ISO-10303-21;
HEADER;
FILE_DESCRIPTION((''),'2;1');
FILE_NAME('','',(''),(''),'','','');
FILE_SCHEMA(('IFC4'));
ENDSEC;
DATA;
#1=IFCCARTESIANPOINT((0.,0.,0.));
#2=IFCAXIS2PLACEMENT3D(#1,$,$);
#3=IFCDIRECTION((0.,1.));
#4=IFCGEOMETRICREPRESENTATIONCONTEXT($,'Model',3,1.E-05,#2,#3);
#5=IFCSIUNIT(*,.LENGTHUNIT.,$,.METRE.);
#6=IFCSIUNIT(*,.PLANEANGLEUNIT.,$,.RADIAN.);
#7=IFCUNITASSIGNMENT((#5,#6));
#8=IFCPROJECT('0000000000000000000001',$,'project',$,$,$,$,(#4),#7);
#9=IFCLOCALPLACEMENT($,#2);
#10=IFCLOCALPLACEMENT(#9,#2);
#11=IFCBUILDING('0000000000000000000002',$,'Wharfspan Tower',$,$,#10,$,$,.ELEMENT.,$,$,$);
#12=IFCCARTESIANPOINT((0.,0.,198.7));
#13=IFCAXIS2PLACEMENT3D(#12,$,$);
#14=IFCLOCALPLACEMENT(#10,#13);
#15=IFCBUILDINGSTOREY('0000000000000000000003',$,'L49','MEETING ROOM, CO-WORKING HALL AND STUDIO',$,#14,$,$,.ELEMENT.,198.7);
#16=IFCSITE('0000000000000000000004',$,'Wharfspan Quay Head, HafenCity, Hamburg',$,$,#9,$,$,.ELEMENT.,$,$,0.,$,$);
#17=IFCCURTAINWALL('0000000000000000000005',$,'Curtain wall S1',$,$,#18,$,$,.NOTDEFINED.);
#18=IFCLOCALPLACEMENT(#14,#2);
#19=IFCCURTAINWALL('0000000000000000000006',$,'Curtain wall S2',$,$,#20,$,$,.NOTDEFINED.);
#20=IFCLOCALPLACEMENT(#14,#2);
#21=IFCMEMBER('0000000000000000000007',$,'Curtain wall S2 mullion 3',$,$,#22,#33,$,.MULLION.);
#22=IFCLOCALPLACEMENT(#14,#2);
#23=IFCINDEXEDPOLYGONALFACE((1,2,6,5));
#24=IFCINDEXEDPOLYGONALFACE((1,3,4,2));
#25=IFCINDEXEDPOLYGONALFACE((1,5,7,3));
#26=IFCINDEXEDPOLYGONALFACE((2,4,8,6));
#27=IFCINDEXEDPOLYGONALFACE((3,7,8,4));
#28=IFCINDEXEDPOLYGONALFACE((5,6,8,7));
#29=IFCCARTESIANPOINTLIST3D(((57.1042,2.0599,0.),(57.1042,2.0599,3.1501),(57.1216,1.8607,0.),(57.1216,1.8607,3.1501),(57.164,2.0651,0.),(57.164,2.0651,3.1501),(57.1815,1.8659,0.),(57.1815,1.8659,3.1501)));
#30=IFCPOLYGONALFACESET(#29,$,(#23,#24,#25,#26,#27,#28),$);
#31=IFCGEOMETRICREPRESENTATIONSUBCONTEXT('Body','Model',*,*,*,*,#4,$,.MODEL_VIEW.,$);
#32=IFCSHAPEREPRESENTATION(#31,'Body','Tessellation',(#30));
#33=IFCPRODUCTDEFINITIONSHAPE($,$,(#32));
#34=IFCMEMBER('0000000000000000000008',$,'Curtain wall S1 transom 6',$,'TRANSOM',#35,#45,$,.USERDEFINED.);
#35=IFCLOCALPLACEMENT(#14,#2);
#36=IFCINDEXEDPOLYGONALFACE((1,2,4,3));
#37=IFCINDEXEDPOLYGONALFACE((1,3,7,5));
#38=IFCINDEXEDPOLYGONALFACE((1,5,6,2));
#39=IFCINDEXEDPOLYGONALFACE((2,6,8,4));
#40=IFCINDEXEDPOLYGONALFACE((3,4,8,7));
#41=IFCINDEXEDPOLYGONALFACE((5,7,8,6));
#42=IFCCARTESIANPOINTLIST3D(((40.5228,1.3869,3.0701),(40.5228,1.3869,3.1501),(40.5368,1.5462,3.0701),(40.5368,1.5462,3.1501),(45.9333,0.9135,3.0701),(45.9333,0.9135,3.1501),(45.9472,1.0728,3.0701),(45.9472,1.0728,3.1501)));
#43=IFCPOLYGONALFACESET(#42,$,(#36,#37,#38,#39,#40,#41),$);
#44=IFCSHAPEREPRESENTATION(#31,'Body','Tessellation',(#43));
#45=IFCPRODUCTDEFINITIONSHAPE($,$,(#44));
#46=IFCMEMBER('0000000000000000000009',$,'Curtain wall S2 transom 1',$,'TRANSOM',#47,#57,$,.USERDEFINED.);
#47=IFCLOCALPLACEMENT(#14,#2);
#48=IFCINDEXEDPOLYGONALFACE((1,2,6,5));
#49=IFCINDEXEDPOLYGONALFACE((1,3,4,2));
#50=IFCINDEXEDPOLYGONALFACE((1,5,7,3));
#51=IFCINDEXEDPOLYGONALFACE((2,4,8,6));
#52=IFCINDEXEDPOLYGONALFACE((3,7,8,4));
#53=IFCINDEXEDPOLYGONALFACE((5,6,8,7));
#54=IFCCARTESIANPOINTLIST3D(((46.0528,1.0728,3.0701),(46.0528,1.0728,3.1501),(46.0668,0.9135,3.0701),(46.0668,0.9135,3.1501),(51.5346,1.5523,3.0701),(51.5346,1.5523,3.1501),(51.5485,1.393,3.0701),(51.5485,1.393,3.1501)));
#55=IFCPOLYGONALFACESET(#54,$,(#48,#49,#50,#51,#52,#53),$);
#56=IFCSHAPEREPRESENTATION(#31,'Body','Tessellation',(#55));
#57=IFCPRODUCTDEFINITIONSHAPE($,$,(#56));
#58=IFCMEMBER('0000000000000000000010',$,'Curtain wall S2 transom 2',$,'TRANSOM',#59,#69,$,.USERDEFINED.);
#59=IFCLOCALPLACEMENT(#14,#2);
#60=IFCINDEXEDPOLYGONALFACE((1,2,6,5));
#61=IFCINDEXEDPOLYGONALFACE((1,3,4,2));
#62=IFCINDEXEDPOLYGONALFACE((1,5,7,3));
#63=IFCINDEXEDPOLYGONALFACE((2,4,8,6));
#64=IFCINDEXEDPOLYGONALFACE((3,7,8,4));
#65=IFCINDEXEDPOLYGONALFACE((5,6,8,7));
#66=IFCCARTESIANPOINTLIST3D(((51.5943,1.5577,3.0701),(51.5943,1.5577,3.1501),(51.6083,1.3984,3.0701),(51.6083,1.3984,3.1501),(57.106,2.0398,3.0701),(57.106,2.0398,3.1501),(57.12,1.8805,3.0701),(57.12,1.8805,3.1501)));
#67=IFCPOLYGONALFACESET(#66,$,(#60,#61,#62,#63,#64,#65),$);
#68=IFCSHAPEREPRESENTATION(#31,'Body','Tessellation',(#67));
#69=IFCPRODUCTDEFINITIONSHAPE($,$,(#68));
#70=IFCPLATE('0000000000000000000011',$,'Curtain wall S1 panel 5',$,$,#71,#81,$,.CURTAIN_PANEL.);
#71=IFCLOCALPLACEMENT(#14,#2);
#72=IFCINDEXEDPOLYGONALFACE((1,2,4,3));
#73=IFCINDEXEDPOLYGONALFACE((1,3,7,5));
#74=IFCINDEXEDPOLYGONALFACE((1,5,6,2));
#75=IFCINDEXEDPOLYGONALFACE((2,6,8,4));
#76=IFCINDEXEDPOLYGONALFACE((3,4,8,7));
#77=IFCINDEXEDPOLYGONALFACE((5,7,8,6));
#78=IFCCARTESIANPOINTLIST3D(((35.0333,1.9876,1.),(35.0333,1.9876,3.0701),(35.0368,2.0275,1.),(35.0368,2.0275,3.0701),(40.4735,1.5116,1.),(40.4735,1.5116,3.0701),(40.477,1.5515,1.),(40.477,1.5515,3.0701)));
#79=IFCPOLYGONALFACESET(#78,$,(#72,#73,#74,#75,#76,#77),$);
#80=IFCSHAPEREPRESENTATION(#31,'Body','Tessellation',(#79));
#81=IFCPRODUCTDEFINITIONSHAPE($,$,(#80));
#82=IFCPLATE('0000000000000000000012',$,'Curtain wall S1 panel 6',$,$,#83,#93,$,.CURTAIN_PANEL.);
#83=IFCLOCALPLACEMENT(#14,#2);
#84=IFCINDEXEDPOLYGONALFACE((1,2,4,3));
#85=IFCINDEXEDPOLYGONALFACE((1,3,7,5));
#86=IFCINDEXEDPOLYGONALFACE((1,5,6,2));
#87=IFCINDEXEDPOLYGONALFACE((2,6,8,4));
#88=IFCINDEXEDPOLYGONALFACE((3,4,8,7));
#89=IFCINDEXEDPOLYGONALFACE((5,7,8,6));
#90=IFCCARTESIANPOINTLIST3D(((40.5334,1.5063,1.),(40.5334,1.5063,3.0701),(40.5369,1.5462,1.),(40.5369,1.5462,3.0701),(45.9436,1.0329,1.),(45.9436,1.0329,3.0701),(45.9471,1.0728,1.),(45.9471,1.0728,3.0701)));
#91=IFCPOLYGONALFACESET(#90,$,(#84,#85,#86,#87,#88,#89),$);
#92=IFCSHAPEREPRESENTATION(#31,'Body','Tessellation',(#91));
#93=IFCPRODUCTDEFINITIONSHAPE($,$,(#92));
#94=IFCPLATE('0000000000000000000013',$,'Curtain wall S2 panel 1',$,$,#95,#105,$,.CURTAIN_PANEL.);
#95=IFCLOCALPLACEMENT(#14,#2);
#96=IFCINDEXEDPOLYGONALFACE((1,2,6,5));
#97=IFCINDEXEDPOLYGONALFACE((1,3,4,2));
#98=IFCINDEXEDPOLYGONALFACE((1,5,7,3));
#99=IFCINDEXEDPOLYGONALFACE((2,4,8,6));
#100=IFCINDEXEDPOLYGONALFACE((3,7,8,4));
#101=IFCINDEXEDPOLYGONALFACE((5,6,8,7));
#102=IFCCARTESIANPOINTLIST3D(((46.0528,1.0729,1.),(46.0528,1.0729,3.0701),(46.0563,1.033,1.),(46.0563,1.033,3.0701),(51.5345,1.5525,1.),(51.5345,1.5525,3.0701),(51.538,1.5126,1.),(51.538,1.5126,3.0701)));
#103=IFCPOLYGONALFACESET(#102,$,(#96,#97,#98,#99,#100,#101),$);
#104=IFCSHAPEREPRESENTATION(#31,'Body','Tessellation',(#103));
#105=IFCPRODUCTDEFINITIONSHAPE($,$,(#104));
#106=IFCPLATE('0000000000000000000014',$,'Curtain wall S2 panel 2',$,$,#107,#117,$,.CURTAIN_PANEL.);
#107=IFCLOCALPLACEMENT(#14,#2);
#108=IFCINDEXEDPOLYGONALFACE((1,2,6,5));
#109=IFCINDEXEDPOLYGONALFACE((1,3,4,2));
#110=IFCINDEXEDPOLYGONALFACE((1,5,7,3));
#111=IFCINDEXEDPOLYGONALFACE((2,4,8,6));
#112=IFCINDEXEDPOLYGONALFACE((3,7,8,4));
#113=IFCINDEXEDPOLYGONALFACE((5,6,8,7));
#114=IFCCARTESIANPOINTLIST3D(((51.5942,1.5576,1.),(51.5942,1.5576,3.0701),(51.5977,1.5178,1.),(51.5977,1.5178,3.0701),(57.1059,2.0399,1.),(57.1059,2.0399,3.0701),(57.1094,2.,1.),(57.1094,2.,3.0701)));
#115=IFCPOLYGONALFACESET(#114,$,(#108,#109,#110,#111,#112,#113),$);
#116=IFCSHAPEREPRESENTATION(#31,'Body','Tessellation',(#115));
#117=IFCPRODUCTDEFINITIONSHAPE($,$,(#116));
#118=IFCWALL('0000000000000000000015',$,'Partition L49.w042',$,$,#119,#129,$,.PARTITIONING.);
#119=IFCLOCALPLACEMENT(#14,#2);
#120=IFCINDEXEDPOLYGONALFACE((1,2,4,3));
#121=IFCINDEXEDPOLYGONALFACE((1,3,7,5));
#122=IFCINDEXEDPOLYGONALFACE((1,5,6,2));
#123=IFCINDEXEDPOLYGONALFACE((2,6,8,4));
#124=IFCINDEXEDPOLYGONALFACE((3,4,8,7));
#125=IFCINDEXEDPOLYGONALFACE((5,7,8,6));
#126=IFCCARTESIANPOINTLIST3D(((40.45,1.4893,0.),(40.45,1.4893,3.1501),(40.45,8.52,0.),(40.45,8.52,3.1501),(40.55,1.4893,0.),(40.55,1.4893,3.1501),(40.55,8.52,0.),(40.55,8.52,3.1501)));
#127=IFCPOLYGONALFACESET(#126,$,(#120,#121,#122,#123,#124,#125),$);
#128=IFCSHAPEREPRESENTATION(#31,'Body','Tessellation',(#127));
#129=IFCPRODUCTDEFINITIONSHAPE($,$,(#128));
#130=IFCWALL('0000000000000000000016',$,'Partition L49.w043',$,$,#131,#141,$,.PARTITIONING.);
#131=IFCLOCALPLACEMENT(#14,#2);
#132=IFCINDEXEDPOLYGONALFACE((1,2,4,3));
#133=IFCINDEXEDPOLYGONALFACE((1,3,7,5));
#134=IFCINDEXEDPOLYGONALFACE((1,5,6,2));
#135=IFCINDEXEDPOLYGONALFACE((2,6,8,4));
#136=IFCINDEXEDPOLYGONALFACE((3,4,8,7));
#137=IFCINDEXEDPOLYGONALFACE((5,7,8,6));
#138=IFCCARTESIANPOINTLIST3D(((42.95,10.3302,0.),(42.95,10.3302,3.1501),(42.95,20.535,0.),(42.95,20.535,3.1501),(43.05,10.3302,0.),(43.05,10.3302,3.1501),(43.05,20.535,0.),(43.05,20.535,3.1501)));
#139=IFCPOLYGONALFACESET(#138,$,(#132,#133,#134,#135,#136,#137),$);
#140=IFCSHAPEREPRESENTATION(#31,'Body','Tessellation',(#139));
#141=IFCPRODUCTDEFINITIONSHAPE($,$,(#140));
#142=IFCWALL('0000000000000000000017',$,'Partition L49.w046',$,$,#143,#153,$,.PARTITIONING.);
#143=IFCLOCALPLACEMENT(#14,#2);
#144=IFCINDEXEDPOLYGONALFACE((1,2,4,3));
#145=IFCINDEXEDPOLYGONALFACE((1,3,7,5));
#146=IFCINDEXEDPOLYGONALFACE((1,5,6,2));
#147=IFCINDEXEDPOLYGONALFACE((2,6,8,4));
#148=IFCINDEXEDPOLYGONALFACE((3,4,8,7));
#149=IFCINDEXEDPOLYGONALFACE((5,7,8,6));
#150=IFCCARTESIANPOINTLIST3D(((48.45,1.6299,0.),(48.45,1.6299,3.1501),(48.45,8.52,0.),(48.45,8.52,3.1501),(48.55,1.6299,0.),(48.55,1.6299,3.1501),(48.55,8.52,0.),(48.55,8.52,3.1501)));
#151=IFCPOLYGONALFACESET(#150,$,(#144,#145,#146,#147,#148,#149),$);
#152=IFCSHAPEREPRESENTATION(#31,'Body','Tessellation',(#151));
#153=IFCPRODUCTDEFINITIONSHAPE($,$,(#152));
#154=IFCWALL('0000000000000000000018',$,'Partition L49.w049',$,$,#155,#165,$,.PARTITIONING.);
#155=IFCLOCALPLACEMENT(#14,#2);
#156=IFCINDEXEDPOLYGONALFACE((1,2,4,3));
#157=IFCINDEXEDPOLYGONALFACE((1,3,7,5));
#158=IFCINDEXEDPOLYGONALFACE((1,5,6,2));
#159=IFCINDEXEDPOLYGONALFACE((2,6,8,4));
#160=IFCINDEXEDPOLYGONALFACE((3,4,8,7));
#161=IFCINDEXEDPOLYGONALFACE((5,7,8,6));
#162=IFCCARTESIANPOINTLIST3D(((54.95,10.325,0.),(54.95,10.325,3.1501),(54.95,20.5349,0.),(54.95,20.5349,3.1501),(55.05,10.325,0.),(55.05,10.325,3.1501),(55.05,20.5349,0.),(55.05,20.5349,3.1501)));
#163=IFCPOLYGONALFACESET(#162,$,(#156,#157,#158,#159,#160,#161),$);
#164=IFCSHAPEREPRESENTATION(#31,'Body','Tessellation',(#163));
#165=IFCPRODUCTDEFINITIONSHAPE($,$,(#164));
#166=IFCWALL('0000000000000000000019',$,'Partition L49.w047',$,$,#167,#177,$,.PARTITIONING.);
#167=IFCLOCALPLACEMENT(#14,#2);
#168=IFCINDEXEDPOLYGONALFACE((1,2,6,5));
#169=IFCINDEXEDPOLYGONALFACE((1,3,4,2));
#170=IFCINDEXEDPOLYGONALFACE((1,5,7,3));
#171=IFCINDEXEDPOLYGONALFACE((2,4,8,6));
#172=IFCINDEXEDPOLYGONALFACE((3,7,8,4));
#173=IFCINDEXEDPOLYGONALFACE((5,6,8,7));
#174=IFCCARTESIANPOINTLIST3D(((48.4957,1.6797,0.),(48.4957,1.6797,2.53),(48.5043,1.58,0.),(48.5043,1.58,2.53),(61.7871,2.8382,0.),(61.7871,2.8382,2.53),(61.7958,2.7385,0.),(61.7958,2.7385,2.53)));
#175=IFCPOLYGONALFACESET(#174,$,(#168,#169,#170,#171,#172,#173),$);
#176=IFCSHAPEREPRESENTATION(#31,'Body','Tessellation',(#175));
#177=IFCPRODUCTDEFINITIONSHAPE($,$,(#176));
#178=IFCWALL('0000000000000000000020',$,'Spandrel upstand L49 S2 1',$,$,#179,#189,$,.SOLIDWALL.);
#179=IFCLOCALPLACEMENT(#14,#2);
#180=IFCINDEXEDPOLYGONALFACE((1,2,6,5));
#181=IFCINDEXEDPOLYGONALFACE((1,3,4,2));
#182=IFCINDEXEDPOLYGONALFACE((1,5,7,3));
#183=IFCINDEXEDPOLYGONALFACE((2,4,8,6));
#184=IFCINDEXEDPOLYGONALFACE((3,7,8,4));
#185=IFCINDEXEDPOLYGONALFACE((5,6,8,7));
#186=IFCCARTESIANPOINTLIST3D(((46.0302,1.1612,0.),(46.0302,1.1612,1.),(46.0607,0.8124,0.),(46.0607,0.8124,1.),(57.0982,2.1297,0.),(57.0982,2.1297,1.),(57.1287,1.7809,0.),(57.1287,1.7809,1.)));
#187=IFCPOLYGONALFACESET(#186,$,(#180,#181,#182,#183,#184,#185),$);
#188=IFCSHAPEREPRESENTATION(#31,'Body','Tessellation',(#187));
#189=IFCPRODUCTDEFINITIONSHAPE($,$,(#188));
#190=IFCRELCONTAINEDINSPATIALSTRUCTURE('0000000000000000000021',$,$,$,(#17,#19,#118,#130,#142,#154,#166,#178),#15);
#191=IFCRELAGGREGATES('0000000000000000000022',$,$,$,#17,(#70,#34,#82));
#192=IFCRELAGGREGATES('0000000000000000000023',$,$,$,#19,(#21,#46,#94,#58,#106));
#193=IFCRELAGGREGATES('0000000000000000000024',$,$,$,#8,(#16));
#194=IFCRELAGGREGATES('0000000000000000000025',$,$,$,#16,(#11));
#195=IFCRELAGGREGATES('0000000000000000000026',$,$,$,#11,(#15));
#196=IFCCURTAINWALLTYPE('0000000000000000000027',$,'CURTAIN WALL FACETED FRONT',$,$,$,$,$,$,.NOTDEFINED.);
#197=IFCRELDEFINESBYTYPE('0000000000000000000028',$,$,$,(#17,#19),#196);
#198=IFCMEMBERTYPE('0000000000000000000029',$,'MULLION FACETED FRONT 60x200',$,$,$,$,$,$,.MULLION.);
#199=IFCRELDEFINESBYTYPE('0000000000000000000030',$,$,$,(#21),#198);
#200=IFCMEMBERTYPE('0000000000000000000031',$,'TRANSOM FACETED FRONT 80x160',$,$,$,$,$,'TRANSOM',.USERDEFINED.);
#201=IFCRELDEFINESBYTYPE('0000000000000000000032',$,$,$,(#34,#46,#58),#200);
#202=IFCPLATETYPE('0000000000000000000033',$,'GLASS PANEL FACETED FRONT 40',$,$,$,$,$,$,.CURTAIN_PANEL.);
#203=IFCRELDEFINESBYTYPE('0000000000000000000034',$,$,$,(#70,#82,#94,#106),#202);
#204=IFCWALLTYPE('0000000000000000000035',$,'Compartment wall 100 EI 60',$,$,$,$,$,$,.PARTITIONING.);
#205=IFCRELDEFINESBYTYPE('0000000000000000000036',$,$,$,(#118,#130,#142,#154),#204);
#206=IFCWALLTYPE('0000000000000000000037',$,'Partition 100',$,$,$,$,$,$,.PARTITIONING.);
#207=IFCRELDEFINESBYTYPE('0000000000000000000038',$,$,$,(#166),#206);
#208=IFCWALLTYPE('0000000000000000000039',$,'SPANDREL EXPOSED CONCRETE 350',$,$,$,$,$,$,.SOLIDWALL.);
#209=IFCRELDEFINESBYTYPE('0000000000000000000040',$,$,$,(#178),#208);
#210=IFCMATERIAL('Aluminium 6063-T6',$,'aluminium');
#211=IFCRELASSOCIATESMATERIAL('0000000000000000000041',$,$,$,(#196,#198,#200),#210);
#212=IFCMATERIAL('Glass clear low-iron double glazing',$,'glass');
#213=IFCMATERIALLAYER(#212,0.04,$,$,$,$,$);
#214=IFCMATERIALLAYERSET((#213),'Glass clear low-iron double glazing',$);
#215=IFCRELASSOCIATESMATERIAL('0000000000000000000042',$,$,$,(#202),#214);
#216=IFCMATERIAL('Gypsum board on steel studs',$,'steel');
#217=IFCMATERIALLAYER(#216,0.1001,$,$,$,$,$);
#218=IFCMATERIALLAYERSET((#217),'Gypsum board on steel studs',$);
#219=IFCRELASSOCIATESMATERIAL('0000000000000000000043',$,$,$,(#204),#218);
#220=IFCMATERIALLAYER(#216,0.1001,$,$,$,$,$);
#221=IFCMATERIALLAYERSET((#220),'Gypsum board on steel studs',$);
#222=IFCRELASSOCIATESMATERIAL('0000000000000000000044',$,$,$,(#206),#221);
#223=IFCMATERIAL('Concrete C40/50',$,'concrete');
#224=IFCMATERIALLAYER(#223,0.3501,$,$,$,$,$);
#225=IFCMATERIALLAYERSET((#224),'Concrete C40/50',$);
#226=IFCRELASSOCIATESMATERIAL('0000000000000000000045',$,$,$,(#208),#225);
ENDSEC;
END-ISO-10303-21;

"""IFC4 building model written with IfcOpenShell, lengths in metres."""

from ifc_helpers import new_model, si_unit, direction, frame, frame_2d, origin, origin_2d, place, context, subcontext, project, spatial, rectangle, extrude, material, layer, layer_set, material_profile, profile_set, type_object, element, aggregate, save


model = new_model("IFC4")

# Units and contexts
model_context = context("Model", 3, precision=1e-05, world=origin(), true_north=direction((0.0, 1.0)))
body_context = subcontext(model_context, "Body", "Model", "MODEL_VIEW")
ifc_project = project(units=[si_unit("LENGTHUNIT", "METRE"), si_unit("PLANEANGLEUNIT", "RADIAN")], contexts=[model_context])

# Site, building, storey
site_placement = place(None, origin())
site = spatial("IfcSite", under=ifc_project, at=site_placement, Name="Wharfspan Quay Head, HafenCity, Hamburg", CompositionType="ELEMENT", RefElevation=0.0)
building_placement = place(site_placement, origin())
building = spatial("IfcBuilding", under=site, at=building_placement, Name="Wharfspan Tower", CompositionType="ELEMENT")
storey_placement = place(building_placement, frame((0.0, 0.0, 198.7)))
storey = spatial("IfcBuildingStorey", under=building, at=storey_placement, Name="L49", Description="MEETING ROOM, CO-WORKING HALL AND STUDIO", CompositionType="ELEMENT", Elevation=198.7)

# Curtain walls, member
ifc_material_1 = material(Name="Aluminium 6063-T6", Category="aluminium")
curtain_wall_type = type_object("IfcCurtainWallType", Name="CURTAIN WALL FACETED FRONT", PredefinedType="NOTDEFINED", material=ifc_material_1)
curtain_wall_1_placement = place(storey_placement, origin())
curtain_wall_1 = element("IfcCurtainWall", 1, at=curtain_wall_1_placement, inside=storey, type_object=curtain_wall_type, Name="Curtain wall S1", PredefinedType="NOTDEFINED")
ifc_material_profile_1 = material_profile(ifc_material_1, rectangle(XDim=0.2, YDim=0.0601, at=origin_2d()))
ifc_profile_set_1 = profile_set([ifc_material_profile_1], Name="Aluminium 6063-T6")
member_type_1 = type_object("IfcMemberType", Name="MULLION FACETED FRONT 60x200", PredefinedType="MULLION", material=ifc_profile_set_1)
curtain_wall_2_placement = place(storey_placement, origin())
curtain_wall_2 = element("IfcCurtainWall", 2, at=curtain_wall_2_placement, inside=storey, type_object=curtain_wall_type, Name="Curtain wall S2", PredefinedType="NOTDEFINED")
member_1_placement = place(storey_placement, frame((57.1428, 1.9629, 0.0), z_axis=(0.0, 0.0, 1.0), x_axis=(-0.087156, 0.996198, 0.0)))
member_1 = element("IfcMember", 3, at=member_1_placement, type_object=member_type_1, Name="Curtain wall S2 mullion 3", PredefinedType="MULLION", context=body_context, shape_type="SweptSolid", body=[
    extrude(rectangle(XDim=0.2, YDim=0.0601, at=origin_2d()), origin(), (0.0, 0.0, 1.0), 3.1501),
])

# Members
ifc_material_profile_2 = material_profile(ifc_material_1, rectangle(XDim=0.1599, YDim=0.0801, at=origin_2d()))
ifc_profile_set_2 = profile_set([ifc_material_profile_2], Name="Aluminium 6063-T6")
member_type_2 = type_object("IfcMemberType", Name="TRANSOM FACETED FRONT 80x160", ElementType="TRANSOM", PredefinedType="USERDEFINED", material=ifc_profile_set_2)
member_2_placement = place(storey_placement, frame((40.5298, 1.4666, 3.1101), z_axis=(0.996194, -0.087163, 0.0), x_axis=(0.087163, 0.996194, 0.0)))
member_2 = element("IfcMember", 4, at=member_2_placement, type_object=member_type_2, Name="Curtain wall S1 transom 6", ObjectType="TRANSOM", PredefinedType="USERDEFINED", context=body_context, shape_type="SweptSolid", body=[
    extrude(rectangle(XDim=0.1599, YDim=0.0801, at=origin_2d()), origin(), (0.0, 0.0, 1.0), 5.4312),
])
member_3_placement = place(storey_placement, frame((46.0598, 0.9932, 3.1101), z_axis=(0.996196, 0.087139, 0.0), x_axis=(-0.087139, 0.996196, 0.0)))
member_3 = element("IfcMember", 5, at=member_3_placement, type_object=member_type_2, Name="Curtain wall S2 transom 1", ObjectType="TRANSOM", PredefinedType="USERDEFINED", context=body_context, shape_type="SweptSolid", body=[
    extrude(rectangle(XDim=0.1599, YDim=0.0801, at=origin_2d()), origin(), (0.0, 0.0, 1.0), 5.5027),
])
member_4_placement = place(storey_placement, frame((51.6013, 1.478, 3.1101), z_axis=(0.996195, 0.087149, 0.0), x_axis=(-0.087149, 0.996195, 0.0)))
member_4 = element("IfcMember", 6, at=member_4_placement, type_object=member_type_2, Name="Curtain wall S2 transom 2", ObjectType="TRANSOM", PredefinedType="USERDEFINED", context=body_context, shape_type="SweptSolid", body=[
    extrude(rectangle(XDim=0.1599, YDim=0.0801, at=origin_2d()), origin(), (0.0, 0.0, 1.0), 5.5327),
])

# Plates
ifc_material_2 = material(Name="Glass clear low-iron double glazing", Category="glass")
ifc_layer_1 = layer(ifc_material_2, 0.04)
ifc_layer_set_1 = layer_set([ifc_layer_1], Name="Glass clear low-iron double glazing")
plate_type = type_object("IfcPlateType", Name="GLASS PANEL FACETED FRONT 40", PredefinedType="CURTAIN_PANEL", material=ifc_layer_set_1)
plate_1_placement = place(storey_placement, frame((37.7551, 1.7695, 1.0), z_axis=(0.0, 0.0, 1.0), x_axis=(0.996198, -0.087156, 0.0)))
plate_1 = element("IfcPlate", 7, at=plate_1_placement, type_object=plate_type, Name="Curtain wall S1 panel 5", PredefinedType="CURTAIN_PANEL", context=body_context, shape_type="SweptSolid", body=[
    extrude(rectangle(XDim=5.4609, YDim=0.04, at=origin_2d()), origin(), (0.0, 0.0, 1.0), 2.0701),
])
plate_2_placement = place(storey_placement, frame((43.2402, 1.2896, 1.0), z_axis=(0.0, 0.0, 1.0), x_axis=(0.996198, -0.087156, 0.0)))
plate_2 = element("IfcPlate", 8, at=plate_2_placement, type_object=plate_type, Name="Curtain wall S1 panel 6", PredefinedType="CURTAIN_PANEL", context=body_context, shape_type="SweptSolid", body=[
    extrude(rectangle(XDim=5.4309, YDim=0.04, at=origin_2d()), origin(), (0.0, 0.0, 1.0), 2.0701),
])
aggregate(curtain_wall_1, [plate_1, member_2, plate_2])
plate_3_placement = place(storey_placement, frame((48.7954, 1.2927, 1.0), z_axis=(0.0, 0.0, 1.0), x_axis=(0.996198, 0.087156, 0.0)))
plate_3 = element("IfcPlate", 9, at=plate_3_placement, type_object=plate_type, Name="Curtain wall S2 panel 1", PredefinedType="CURTAIN_PANEL", context=body_context, shape_type="SweptSolid", body=[
    extrude(rectangle(XDim=5.5027, YDim=0.04, at=origin_2d()), origin(), (0.0, 0.0, 1.0), 2.0701),
])
plate_4_placement = place(storey_placement, frame((54.3518, 1.7788, 1.0), z_axis=(0.0, 0.0, 1.0), x_axis=(0.996198, 0.087156, 0.0)))
plate_4 = element("IfcPlate", 10, at=plate_4_placement, type_object=plate_type, Name="Curtain wall S2 panel 2", PredefinedType="CURTAIN_PANEL", context=body_context, shape_type="SweptSolid", body=[
    extrude(rectangle(XDim=5.5327, YDim=0.04, at=origin_2d()), origin(), (0.0, 0.0, 1.0), 2.0701),
])
aggregate(curtain_wall_2, [member_1, member_3, plate_3, member_4, plate_4])

# Walls
ifc_material_3 = material(Name="Gypsum board on steel studs", Category="steel")
ifc_layer_2 = layer(ifc_material_3, 0.1001)
ifc_layer_set_2 = layer_set([ifc_layer_2], Name="Gypsum board on steel studs")
wall_type_1 = type_object("IfcWallType", Name="Compartment wall 100 EI 60", PredefinedType="PARTITIONING", material=ifc_layer_set_2)
wall_1_placement = place(storey_placement, frame((40.5, 1.4893, 0.0), z_axis=(0.0, 0.0, 1.0), x_axis=(0.0, 1.0, 0.0)))
element("IfcWall", 11, at=wall_1_placement, inside=storey, type_object=wall_type_1, Name="Partition L49.w042", PredefinedType="PARTITIONING", context=body_context, shape_type="SweptSolid", body=[
    extrude(rectangle(XDim=7.0308, YDim=0.1001, at=frame_2d((3.5154, 0.0))), origin(), (0.0, 0.0, 1.0), 3.1501),
])
wall_2_placement = place(storey_placement, frame((43.0, 10.3301, 0.0), z_axis=(0.0, 0.0, 1.0), x_axis=(0.0, 1.0, 0.0)))
element("IfcWall", 12, at=wall_2_placement, inside=storey, type_object=wall_type_1, Name="Partition L49.w043", PredefinedType="PARTITIONING", context=body_context, shape_type="SweptSolid", body=[
    extrude(rectangle(XDim=10.2048, YDim=0.1001, at=frame_2d((5.1025, 0.0))), origin(), (0.0, 0.0, 1.0), 3.1501),
])
wall_3_placement = place(storey_placement, frame((48.5, 1.6299, 0.0), z_axis=(0.0, 0.0, 1.0), x_axis=(0.0, 1.0, 0.0)))
element("IfcWall", 13, at=wall_3_placement, inside=storey, type_object=wall_type_1, Name="Partition L49.w046", PredefinedType="PARTITIONING", context=body_context, shape_type="SweptSolid", body=[
    extrude(rectangle(XDim=6.8901, YDim=0.1001, at=frame_2d((3.4451, 0.0))), origin(), (0.0, 0.0, 1.0), 3.1501),
])
wall_4_placement = place(storey_placement, frame((55.0, 10.325, 0.0), z_axis=(0.0, 0.0, 1.0), x_axis=(0.0, 1.0, 0.0)))
element("IfcWall", 14, at=wall_4_placement, inside=storey, type_object=wall_type_1, Name="Partition L49.w049", PredefinedType="PARTITIONING", context=body_context, shape_type="SweptSolid", body=[
    extrude(rectangle(XDim=10.21, YDim=0.1001, at=frame_2d((5.105, 0.0))), origin(), (0.0, 0.0, 1.0), 3.1501),
])
ifc_layer_3 = layer(ifc_material_3, 0.1001)
ifc_layer_set_3 = layer_set([ifc_layer_3], Name="Gypsum board on steel studs")
wall_type_2 = type_object("IfcWallType", Name="Partition 100", PredefinedType="PARTITIONING", material=ifc_layer_set_3)
wall_5_placement = place(storey_placement, frame((48.5, 1.6299, 0.0), z_axis=(0.0, 0.0, 1.0), x_axis=(0.996225, 0.086828, 0.0)))
element("IfcWall", 15, at=wall_5_placement, inside=storey, type_object=wall_type_2, Name="Partition L49.w047", PredefinedType="PARTITIONING", context=body_context, shape_type="SweptSolid", body=[
    extrude(rectangle(XDim=13.3418, YDim=0.1001, at=frame_2d((6.6709, 0.0))), origin(), (0.0, 0.0, 1.0), 2.53),
])
ifc_material_4 = material(Name="Concrete C40/50", Category="concrete")
ifc_layer_4 = layer(ifc_material_4, 0.3501)
ifc_layer_set_4 = layer_set([ifc_layer_4], Name="Concrete C40/50")
wall_type_3 = type_object("IfcWallType", Name="SPANDREL EXPOSED CONCRETE 350", PredefinedType="SOLIDWALL", material=ifc_layer_set_4)
wall_6_placement = place(storey_placement, frame((46.0454, 0.9868, 0.0), z_axis=(0.0, 0.0, 1.0), x_axis=(0.996193, 0.087171, 0.0)))
element("IfcWall", 16, at=wall_6_placement, inside=storey, type_object=wall_type_3, Name="Spandrel upstand L49 S2 1", PredefinedType="SOLIDWALL", context=body_context, shape_type="SweptSolid", body=[
    extrude(rectangle(XDim=11.1104, YDim=0.3501, at=frame_2d((5.5552, 0.0))), origin(), (0.0, 0.0, 1.0), 1.0),
])

save(model, "model.ifc")
